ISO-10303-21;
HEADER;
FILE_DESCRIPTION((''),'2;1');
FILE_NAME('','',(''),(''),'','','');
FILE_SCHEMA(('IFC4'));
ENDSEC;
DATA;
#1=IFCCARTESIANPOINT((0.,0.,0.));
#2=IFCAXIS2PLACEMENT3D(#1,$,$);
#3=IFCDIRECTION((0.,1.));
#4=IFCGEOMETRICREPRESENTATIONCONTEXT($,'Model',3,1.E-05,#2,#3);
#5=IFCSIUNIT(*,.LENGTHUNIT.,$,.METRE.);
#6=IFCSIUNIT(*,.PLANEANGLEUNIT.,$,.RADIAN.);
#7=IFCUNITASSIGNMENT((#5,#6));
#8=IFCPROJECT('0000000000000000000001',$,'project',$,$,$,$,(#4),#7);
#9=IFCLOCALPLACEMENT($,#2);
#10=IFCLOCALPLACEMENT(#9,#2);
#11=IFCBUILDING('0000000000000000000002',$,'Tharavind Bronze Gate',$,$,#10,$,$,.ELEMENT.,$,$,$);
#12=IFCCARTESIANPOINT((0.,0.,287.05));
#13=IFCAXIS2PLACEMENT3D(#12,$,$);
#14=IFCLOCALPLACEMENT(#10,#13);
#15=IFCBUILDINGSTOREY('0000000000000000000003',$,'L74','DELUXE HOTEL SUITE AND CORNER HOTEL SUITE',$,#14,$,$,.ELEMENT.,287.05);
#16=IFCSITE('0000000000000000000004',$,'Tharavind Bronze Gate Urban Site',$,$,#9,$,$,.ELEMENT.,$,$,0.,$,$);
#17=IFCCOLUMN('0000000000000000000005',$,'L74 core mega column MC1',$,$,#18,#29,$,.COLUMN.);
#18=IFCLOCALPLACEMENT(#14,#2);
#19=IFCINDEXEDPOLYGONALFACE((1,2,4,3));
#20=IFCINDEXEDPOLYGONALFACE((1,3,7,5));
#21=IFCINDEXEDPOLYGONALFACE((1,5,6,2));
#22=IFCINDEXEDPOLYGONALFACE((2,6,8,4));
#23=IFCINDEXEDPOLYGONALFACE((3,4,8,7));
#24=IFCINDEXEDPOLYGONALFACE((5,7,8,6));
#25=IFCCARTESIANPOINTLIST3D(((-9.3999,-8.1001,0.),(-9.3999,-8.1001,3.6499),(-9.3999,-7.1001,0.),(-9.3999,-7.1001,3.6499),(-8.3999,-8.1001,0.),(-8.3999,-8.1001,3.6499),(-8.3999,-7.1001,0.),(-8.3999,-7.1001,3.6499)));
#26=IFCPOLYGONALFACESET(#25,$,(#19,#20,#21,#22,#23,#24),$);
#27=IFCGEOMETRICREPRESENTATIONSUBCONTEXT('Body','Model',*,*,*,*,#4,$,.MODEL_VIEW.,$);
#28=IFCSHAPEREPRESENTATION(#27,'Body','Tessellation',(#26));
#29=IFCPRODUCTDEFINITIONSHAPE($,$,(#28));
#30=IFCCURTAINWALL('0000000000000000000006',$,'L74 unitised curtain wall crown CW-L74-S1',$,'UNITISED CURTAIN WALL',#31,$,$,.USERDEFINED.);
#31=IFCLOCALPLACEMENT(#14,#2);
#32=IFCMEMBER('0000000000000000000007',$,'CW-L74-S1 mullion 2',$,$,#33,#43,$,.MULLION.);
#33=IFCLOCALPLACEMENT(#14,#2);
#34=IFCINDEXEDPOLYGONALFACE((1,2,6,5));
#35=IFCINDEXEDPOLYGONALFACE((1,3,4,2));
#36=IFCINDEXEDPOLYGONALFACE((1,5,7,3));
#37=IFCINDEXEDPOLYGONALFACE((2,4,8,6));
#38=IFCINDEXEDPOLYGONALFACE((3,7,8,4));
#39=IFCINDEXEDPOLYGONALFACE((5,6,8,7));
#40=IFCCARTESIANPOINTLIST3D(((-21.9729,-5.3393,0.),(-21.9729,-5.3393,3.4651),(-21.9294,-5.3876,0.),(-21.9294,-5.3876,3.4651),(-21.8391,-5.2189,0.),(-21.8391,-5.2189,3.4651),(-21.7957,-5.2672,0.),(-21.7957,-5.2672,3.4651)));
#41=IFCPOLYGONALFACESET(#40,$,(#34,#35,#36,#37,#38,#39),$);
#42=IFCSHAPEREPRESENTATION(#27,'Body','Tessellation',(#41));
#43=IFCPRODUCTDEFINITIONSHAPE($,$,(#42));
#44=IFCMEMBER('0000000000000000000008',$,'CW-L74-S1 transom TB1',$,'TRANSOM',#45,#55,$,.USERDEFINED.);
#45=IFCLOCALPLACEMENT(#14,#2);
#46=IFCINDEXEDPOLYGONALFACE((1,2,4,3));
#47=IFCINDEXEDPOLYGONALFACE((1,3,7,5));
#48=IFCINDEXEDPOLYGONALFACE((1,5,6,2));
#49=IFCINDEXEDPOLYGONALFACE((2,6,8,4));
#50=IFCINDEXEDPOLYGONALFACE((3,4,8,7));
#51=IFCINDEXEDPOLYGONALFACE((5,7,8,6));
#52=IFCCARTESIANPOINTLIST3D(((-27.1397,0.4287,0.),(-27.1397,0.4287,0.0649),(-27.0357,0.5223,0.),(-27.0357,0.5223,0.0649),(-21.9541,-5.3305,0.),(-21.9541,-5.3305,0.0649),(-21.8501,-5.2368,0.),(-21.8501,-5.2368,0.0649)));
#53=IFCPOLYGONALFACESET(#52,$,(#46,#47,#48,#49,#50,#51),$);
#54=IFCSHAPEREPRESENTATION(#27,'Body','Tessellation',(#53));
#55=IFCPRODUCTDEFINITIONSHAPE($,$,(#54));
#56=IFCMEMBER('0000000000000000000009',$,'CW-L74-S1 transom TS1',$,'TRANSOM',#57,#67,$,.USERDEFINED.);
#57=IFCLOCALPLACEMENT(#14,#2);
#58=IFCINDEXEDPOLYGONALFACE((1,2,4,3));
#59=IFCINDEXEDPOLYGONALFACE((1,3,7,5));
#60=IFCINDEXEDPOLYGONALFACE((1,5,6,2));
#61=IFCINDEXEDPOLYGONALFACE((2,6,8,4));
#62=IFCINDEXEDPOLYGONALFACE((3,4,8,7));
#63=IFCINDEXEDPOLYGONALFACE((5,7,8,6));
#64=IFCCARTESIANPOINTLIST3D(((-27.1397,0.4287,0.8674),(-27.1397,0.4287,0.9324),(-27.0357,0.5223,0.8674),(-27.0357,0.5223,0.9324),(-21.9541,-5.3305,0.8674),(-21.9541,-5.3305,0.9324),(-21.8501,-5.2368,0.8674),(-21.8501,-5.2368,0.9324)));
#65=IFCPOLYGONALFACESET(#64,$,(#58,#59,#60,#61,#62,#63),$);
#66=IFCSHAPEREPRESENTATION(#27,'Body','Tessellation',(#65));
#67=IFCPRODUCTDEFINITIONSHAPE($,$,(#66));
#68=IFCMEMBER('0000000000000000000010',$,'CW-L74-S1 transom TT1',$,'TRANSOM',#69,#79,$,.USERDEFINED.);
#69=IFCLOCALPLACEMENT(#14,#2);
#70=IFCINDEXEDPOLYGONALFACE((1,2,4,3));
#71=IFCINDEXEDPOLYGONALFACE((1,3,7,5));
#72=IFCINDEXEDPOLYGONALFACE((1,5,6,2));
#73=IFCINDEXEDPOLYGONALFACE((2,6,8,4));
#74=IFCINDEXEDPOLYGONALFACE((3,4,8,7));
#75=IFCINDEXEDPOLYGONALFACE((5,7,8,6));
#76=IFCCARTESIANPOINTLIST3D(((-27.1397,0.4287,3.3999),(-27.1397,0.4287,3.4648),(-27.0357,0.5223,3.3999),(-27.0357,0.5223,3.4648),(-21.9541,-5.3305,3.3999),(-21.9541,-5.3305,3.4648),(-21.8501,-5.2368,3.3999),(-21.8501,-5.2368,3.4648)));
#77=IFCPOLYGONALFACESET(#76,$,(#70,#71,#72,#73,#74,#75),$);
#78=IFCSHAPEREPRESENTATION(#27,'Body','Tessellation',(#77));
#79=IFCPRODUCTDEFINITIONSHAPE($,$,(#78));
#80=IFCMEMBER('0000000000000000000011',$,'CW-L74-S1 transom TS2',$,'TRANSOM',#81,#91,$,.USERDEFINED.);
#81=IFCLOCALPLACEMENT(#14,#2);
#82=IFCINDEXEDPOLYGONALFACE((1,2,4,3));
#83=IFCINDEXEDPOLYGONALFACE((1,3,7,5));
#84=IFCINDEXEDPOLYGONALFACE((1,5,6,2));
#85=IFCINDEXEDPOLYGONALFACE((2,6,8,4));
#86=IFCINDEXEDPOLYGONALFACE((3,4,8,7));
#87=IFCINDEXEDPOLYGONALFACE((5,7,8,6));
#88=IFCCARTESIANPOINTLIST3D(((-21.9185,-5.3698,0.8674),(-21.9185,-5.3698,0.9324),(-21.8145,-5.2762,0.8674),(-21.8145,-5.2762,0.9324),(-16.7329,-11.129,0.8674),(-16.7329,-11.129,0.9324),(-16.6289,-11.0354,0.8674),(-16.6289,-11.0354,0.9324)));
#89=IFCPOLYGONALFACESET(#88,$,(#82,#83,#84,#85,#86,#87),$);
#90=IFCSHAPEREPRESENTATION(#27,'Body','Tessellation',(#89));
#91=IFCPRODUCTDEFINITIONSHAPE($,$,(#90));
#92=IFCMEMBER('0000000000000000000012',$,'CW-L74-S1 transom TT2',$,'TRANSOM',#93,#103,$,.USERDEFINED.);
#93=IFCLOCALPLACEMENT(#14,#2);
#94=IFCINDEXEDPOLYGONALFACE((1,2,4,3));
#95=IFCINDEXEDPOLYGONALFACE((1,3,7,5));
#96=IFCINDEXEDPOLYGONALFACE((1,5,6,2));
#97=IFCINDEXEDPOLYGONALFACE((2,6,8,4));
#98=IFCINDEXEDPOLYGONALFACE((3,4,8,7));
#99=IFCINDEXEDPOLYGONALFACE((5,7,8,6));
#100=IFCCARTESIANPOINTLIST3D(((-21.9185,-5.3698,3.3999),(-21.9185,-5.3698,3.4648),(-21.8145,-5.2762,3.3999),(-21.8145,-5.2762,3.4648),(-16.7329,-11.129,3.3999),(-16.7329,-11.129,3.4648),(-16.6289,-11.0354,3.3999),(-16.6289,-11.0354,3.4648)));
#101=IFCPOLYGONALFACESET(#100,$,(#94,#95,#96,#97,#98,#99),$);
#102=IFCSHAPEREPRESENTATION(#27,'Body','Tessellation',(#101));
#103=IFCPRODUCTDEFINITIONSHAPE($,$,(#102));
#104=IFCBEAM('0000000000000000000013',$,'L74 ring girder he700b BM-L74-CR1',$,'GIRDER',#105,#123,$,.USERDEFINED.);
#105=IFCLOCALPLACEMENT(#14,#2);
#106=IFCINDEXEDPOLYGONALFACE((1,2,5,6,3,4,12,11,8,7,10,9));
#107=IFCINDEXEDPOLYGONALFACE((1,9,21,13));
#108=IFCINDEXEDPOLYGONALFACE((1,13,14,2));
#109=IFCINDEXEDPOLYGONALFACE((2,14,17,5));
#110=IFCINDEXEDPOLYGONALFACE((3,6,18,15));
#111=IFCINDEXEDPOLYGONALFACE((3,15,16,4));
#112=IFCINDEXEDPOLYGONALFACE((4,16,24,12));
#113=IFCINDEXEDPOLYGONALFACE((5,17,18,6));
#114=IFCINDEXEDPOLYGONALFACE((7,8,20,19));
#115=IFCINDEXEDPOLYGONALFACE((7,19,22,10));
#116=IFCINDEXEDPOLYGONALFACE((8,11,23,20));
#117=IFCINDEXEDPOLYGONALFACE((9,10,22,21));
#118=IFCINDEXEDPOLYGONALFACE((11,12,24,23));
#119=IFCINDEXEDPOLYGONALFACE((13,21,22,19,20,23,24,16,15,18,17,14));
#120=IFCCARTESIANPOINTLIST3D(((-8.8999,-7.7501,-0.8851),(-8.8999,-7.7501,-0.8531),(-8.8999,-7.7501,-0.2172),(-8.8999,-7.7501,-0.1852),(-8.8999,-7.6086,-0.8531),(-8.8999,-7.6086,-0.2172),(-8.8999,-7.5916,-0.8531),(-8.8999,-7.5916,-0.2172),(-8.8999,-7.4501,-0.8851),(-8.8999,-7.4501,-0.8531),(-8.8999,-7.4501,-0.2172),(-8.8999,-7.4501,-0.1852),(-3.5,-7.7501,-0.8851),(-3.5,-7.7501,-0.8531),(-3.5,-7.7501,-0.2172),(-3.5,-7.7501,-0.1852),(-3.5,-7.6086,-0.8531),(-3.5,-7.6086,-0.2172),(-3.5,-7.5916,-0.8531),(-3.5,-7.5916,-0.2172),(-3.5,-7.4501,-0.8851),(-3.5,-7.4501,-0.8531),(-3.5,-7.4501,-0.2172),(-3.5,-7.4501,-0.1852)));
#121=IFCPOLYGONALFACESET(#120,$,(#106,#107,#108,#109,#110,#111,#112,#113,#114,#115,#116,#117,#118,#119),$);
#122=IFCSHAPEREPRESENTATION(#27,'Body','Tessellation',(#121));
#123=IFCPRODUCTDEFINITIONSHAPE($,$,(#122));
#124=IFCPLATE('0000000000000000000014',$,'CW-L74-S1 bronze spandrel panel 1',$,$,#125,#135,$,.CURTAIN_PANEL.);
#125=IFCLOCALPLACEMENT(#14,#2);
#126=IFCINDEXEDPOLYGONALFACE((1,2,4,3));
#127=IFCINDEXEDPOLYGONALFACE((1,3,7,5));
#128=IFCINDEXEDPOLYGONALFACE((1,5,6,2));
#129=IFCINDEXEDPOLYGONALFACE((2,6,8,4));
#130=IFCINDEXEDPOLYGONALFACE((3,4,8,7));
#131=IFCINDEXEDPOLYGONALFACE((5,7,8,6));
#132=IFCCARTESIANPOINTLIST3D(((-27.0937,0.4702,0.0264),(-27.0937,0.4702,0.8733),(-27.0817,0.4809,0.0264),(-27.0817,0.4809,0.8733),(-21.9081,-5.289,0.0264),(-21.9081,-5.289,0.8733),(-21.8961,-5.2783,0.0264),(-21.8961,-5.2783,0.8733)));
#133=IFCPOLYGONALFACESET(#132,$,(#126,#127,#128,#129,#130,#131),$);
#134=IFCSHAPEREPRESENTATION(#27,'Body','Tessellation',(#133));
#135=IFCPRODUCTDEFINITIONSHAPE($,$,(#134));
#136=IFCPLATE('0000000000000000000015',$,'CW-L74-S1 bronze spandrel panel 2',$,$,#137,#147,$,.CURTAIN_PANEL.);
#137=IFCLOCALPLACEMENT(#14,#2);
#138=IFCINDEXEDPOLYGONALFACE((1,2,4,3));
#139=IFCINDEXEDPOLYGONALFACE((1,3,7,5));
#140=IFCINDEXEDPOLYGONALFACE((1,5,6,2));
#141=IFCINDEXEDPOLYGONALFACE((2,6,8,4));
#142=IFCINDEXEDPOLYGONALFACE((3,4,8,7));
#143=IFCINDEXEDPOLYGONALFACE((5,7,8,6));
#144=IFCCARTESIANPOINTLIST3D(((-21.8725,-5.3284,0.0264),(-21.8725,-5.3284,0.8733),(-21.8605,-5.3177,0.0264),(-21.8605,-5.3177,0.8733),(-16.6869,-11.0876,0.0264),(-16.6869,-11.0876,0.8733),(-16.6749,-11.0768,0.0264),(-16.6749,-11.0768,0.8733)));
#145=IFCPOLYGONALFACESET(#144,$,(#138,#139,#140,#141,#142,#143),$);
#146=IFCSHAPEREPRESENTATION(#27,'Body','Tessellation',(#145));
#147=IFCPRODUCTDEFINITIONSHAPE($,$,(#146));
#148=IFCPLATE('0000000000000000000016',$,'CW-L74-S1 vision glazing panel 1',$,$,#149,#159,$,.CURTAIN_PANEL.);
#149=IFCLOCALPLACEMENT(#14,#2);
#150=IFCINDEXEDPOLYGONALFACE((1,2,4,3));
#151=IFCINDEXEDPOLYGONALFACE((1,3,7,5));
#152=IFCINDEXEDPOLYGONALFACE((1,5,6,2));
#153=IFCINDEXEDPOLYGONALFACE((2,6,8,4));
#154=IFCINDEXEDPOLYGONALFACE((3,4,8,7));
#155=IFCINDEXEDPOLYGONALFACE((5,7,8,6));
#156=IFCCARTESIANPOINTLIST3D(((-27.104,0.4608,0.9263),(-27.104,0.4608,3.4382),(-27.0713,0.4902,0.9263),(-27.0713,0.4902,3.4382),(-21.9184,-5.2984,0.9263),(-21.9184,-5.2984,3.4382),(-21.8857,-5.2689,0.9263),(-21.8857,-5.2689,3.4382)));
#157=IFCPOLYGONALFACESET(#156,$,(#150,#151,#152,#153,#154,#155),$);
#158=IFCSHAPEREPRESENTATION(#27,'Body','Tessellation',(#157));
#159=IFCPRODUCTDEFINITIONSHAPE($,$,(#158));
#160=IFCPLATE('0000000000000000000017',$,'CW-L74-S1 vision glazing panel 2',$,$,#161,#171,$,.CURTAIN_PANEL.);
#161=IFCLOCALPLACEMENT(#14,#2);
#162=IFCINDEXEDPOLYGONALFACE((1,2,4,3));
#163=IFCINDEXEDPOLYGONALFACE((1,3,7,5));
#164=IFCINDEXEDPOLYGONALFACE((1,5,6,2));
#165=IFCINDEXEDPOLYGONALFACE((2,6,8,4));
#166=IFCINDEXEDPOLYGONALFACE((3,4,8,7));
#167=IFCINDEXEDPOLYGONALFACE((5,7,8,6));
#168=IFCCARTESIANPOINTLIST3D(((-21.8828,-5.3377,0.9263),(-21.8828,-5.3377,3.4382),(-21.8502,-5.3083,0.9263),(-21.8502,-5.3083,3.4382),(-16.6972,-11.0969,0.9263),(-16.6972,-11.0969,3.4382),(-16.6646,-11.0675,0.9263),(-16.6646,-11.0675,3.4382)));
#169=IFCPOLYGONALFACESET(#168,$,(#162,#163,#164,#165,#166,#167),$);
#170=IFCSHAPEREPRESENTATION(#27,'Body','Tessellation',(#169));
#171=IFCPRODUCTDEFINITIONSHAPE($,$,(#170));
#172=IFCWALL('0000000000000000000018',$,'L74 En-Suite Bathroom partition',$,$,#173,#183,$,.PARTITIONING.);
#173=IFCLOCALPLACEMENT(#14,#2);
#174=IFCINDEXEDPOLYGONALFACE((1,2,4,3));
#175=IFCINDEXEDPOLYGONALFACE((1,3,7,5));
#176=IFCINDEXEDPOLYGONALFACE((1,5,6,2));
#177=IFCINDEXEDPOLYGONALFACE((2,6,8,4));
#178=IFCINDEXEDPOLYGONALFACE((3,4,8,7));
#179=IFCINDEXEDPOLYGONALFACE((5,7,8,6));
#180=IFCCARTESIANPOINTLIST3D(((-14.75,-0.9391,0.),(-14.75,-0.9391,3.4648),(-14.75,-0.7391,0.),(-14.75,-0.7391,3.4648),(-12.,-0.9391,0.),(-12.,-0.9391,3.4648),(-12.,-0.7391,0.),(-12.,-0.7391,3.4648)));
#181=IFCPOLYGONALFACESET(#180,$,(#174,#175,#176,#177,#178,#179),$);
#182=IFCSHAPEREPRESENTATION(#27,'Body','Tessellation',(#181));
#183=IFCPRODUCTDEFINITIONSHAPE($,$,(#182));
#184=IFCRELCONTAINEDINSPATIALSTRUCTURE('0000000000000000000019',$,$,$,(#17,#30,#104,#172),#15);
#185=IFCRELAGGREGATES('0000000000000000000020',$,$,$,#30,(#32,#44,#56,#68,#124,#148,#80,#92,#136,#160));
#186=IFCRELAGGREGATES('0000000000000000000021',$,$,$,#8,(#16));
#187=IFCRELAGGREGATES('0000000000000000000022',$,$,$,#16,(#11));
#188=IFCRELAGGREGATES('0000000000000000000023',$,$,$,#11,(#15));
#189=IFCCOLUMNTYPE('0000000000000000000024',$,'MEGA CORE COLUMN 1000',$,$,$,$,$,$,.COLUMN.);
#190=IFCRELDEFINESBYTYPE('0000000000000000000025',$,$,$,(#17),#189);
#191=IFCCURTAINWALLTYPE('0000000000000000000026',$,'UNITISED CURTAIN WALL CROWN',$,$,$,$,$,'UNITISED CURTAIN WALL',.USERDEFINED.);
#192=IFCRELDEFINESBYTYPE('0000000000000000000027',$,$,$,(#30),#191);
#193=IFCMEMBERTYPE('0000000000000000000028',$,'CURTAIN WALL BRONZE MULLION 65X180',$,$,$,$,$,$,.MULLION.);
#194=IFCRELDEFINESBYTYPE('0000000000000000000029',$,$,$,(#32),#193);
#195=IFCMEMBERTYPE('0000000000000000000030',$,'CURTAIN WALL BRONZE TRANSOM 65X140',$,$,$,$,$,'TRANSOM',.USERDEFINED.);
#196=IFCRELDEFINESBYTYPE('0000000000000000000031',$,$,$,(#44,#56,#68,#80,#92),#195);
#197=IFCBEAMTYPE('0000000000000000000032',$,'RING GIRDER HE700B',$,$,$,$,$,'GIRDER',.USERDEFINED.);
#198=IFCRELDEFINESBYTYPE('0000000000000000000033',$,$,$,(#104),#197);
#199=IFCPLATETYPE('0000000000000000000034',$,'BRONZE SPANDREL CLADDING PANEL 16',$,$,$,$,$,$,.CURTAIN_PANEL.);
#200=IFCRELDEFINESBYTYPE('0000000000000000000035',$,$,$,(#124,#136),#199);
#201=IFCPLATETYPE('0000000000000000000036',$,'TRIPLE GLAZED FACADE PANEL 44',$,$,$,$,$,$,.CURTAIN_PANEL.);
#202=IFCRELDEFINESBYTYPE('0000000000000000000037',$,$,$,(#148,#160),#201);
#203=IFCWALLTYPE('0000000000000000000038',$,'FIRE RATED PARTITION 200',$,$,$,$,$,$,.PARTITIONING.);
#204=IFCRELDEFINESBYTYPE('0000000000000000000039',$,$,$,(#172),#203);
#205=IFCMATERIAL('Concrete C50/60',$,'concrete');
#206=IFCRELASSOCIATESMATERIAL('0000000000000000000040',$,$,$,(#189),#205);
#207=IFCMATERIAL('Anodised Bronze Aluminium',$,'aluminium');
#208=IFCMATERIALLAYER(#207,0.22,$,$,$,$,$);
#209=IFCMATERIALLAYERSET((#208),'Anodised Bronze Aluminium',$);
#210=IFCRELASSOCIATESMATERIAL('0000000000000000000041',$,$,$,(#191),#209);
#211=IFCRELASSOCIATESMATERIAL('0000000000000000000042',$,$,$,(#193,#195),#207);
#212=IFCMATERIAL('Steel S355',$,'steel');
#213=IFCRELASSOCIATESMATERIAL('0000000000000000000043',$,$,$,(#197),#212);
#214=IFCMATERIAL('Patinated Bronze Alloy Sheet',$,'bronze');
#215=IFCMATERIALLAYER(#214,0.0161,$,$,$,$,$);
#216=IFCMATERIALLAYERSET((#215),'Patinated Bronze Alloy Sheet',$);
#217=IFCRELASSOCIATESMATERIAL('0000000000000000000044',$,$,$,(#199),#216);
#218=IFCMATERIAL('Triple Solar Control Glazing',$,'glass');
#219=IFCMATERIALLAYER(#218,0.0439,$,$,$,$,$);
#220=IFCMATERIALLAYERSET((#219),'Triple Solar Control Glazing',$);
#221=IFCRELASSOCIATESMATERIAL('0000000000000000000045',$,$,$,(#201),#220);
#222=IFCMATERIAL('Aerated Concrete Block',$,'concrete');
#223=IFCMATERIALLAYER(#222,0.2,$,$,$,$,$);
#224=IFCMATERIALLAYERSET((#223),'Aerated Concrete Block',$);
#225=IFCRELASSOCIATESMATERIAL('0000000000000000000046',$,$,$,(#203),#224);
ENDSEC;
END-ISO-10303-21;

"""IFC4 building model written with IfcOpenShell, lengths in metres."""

from ifc_helpers import new_model, si_unit, direction, frame, frame_2d, origin, origin_2d, place, context, subcontext, project, spatial, rectangle, i_section, extrude, material, layer, layer_set, material_profile, profile_set, type_object, element, aggregate, save


model = new_model("IFC4")

# Units and contexts
model_context = context("Model", 3, precision=1e-05, world=origin(), true_north=direction((0.0, 1.0)))
body_context = subcontext(model_context, "Body", "Model", "MODEL_VIEW")
ifc_project = project(units=[si_unit("LENGTHUNIT", "METRE"), si_unit("PLANEANGLEUNIT", "RADIAN")], contexts=[model_context])

# Site, building, storey
site_placement = place(None, origin())
site = spatial("IfcSite", under=ifc_project, at=site_placement, Name="Tharavind Bronze Gate Urban Site", CompositionType="ELEMENT", RefElevation=0.0)
building_placement = place(site_placement, origin())
building = spatial("IfcBuilding", under=site, at=building_placement, Name="Tharavind Bronze Gate", CompositionType="ELEMENT")
storey_placement = place(building_placement, frame((0.0, 0.0, 287.05)))
storey = spatial("IfcBuildingStorey", under=building, at=storey_placement, Name="L74", Description="DELUXE HOTEL SUITE AND CORNER HOTEL SUITE", CompositionType="ELEMENT", Elevation=287.05)

# Column
ifc_material_1 = material(Name="Concrete C50/60", Category="concrete")
ifc_material_profile_1 = material_profile(ifc_material_1, rectangle(XDim=1.0, YDim=1.0, at=origin_2d()), Name="RCCOL1000")
ifc_profile_set_1 = profile_set([ifc_material_profile_1], Name="Concrete C50/60")
column_type = type_object("IfcColumnType", Name="MEGA CORE COLUMN 1000", PredefinedType="COLUMN", material=ifc_profile_set_1)
column_placement = place(storey_placement, frame((-8.8999, -7.6001, 0.0), z_axis=(0.0, 0.0, 1.0), x_axis=(1.0, 0.0, 0.0)))
element("IfcColumn", 1, at=column_placement, inside=storey, type_object=column_type, Name="L74 core mega column MC1", PredefinedType="COLUMN", context=body_context, shape_type="SweptSolid", body=[
    extrude(rectangle(XDim=1.0, YDim=1.0, at=origin_2d()), origin(), (0.0, 0.0, 1.0), 3.6499),
])

# Curtain wall, members
ifc_material_2 = material(Name="Anodised Bronze Aluminium", Category="aluminium")
ifc_layer_1 = layer(ifc_material_2, 0.22)
ifc_layer_set_1 = layer_set([ifc_layer_1], Name="Anodised Bronze Aluminium")
curtain_wall_type = type_object("IfcCurtainWallType", Name="UNITISED CURTAIN WALL CROWN", ElementType="UNITISED CURTAIN WALL", PredefinedType="USERDEFINED", material=ifc_layer_set_1)
curtain_wall_placement = place(storey_placement, origin())
curtain_wall = element("IfcCurtainWall", 2, at=curtain_wall_placement, inside=storey, type_object=curtain_wall_type, Name="L74 unitised curtain wall crown CW-L74-S1", ObjectType="UNITISED CURTAIN WALL", PredefinedType="USERDEFINED")
member_type_1 = type_object("IfcMemberType", Name="CURTAIN WALL BRONZE MULLION 65X180", PredefinedType="MULLION", material=ifc_material_2)
member_1_placement = place(storey_placement, frame((-21.8843, -5.3032, 0.0), z_axis=(0.0, 0.0, 1.0), x_axis=(0.669131, -0.743145, 0.0)))
member_1 = element("IfcMember", 3, at=member_1_placement, type_object=member_type_1, Name="CW-L74-S1 mullion 2", PredefinedType="MULLION", context=body_context, shape_type="SweptSolid", body=[
    extrude(rectangle(XDim=0.0649, YDim=0.1799, at=origin_2d()), origin(), (0.0, 0.0, 1.0), 3.4651),
])
member_type_2 = type_object("IfcMemberType", Name="CURTAIN WALL BRONZE TRANSOM 65X140", ElementType="TRANSOM", PredefinedType="USERDEFINED", material=ifc_material_2)
member_2_placement = place(storey_placement, frame((-24.4949, -2.4041, 0.0), z_axis=(0.0, 0.0, 1.0), x_axis=(0.669131, -0.743145, 0.0)))
member_2 = element("IfcMember", 4, at=member_2_placement, type_object=member_type_2, Name="CW-L74-S1 transom TB1", ObjectType="TRANSOM", PredefinedType="USERDEFINED", context=body_context, shape_type="SweptSolid", body=[
    extrude(rectangle(XDim=7.7498, YDim=0.1399, at=origin_2d()), origin(), (0.0, 0.0, 1.0), 0.0649),
])
member_3_placement = place(storey_placement, frame((-24.4949, -2.4041, 0.8674), z_axis=(0.0, 0.0, 1.0), x_axis=(0.669131, -0.743145, 0.0)))
member_3 = element("IfcMember", 5, at=member_3_placement, type_object=member_type_2, Name="CW-L74-S1 transom TS1", ObjectType="TRANSOM", PredefinedType="USERDEFINED", context=body_context, shape_type="SweptSolid", body=[
    extrude(rectangle(XDim=7.7498, YDim=0.1399, at=origin_2d()), origin(), (0.0, 0.0, 1.0), 0.0649),
])
member_4_placement = place(storey_placement, frame((-24.4949, -2.4041, 3.3999), z_axis=(0.0, 0.0, 1.0), x_axis=(0.669131, -0.743145, 0.0)))
member_4 = element("IfcMember", 6, at=member_4_placement, type_object=member_type_2, Name="CW-L74-S1 transom TT1", ObjectType="TRANSOM", PredefinedType="USERDEFINED", context=body_context, shape_type="SweptSolid", body=[
    extrude(rectangle(XDim=7.7498, YDim=0.1399, at=origin_2d()), origin(), (0.0, 0.0, 1.0), 0.0649),
])
member_5_placement = place(storey_placement, frame((-19.2737, -8.2026, 0.8674), z_axis=(0.0, 0.0, 1.0), x_axis=(0.669131, -0.743145, 0.0)))
member_5 = element("IfcMember", 7, at=member_5_placement, type_object=member_type_2, Name="CW-L74-S1 transom TS2", ObjectType="TRANSOM", PredefinedType="USERDEFINED", context=body_context, shape_type="SweptSolid", body=[
    extrude(rectangle(XDim=7.7498, YDim=0.1399, at=origin_2d()), origin(), (0.0, 0.0, 1.0), 0.0649),
])
member_6_placement = place(storey_placement, frame((-19.2737, -8.2026, 3.3999), z_axis=(0.0, 0.0, 1.0), x_axis=(0.669131, -0.743145, 0.0)))
member_6 = element("IfcMember", 8, at=member_6_placement, type_object=member_type_2, Name="CW-L74-S1 transom TT2", ObjectType="TRANSOM", PredefinedType="USERDEFINED", context=body_context, shape_type="SweptSolid", body=[
    extrude(rectangle(XDim=7.7498, YDim=0.1399, at=origin_2d()), origin(), (0.0, 0.0, 1.0), 0.0649),
])

# Beam
ifc_material_3 = material(Name="Steel S355", Category="steel")
ifc_material_profile_2 = material_profile(ifc_material_3, i_section(OverallWidth=0.3, OverallDepth=0.7, WebThickness=0.0171, FlangeThickness=0.032, at=origin_2d()), Name="HE700B")
ifc_profile_set_2 = profile_set([ifc_material_profile_2], Name="Steel S355")
beam_type = type_object("IfcBeamType", Name="RING GIRDER HE700B", ElementType="GIRDER", PredefinedType="USERDEFINED", material=ifc_profile_set_2)
beam_placement = place(storey_placement, frame((-8.8999, -7.6001, -0.5352), z_axis=(1.0, 0.0, 0.0), x_axis=(0.0, 1.0, 0.0)))
element("IfcBeam", 9, at=beam_placement, inside=storey, type_object=beam_type, Name="L74 ring girder he700b BM-L74-CR1", ObjectType="GIRDER", PredefinedType="USERDEFINED", context=body_context, shape_type="SweptSolid", body=[
    extrude(i_section(OverallWidth=0.3, OverallDepth=0.7, WebThickness=0.0171, FlangeThickness=0.032, at=origin_2d()), origin(), (0.0, 0.0, 1.0), 5.3999),
])

# Plates
ifc_material_4 = material(Name="Patinated Bronze Alloy Sheet", Category="bronze")
ifc_layer_2 = layer(ifc_material_4, 0.0161)
ifc_layer_set_2 = layer_set([ifc_layer_2], Name="Patinated Bronze Alloy Sheet")
plate_type_1 = type_object("IfcPlateType", Name="BRONZE SPANDREL CLADDING PANEL 16", PredefinedType="CURTAIN_PANEL", material=ifc_layer_set_2)
plate_1_placement = place(storey_placement, frame((-24.4949, -2.4041, 0.0264), z_axis=(0.0, 0.0, 1.0), x_axis=(0.669131, -0.743145, 0.0)))
plate_1 = element("IfcPlate", 10, at=plate_1_placement, type_object=plate_type_1, Name="CW-L74-S1 bronze spandrel panel 1", PredefinedType="CURTAIN_PANEL", context=body_context, shape_type="SweptSolid", body=[
    extrude(rectangle(XDim=7.7498, YDim=0.0161, at=origin_2d()), origin(), (0.0, 0.0, 1.0), 0.8469),
])
plate_2_placement = place(storey_placement, frame((-19.2737, -8.2026, 0.0264), z_axis=(0.0, 0.0, 1.0), x_axis=(0.669131, -0.743145, 0.0)))
plate_2 = element("IfcPlate", 11, at=plate_2_placement, type_object=plate_type_1, Name="CW-L74-S1 bronze spandrel panel 2", PredefinedType="CURTAIN_PANEL", context=body_context, shape_type="SweptSolid", body=[
    extrude(rectangle(XDim=7.7498, YDim=0.0161, at=origin_2d()), origin(), (0.0, 0.0, 1.0), 0.8469),
])
ifc_material_5 = material(Name="Triple Solar Control Glazing", Category="glass")
ifc_layer_3 = layer(ifc_material_5, 0.0439)
ifc_layer_set_3 = layer_set([ifc_layer_3], Name="Triple Solar Control Glazing")
plate_type_2 = type_object("IfcPlateType", Name="TRIPLE GLAZED FACADE PANEL 44", PredefinedType="CURTAIN_PANEL", material=ifc_layer_set_3)
plate_3_placement = place(storey_placement, frame((-24.4949, -2.4041, 0.9263), z_axis=(0.0, 0.0, 1.0), x_axis=(0.669131, -0.743145, 0.0)))
plate_3 = element("IfcPlate", 12, at=plate_3_placement, type_object=plate_type_2, Name="CW-L74-S1 vision glazing panel 1", PredefinedType="CURTAIN_PANEL", context=body_context, shape_type="SweptSolid", body=[
    extrude(rectangle(XDim=7.7498, YDim=0.0439, at=origin_2d()), origin(), (0.0, 0.0, 1.0), 2.512),
])
plate_4_placement = place(storey_placement, frame((-19.2737, -8.2026, 0.9263), z_axis=(0.0, 0.0, 1.0), x_axis=(0.669131, -0.743145, 0.0)))
plate_4 = element("IfcPlate", 13, at=plate_4_placement, type_object=plate_type_2, Name="CW-L74-S1 vision glazing panel 2", PredefinedType="CURTAIN_PANEL", context=body_context, shape_type="SweptSolid", body=[
    extrude(rectangle(XDim=7.7498, YDim=0.0439, at=origin_2d()), origin(), (0.0, 0.0, 1.0), 2.512),
])
aggregate(curtain_wall, [member_1, member_2, member_3, member_4, plate_1, plate_3, member_5, member_6, plate_2, plate_4])

# Wall
ifc_material_6 = material(Name="Aerated Concrete Block", Category="concrete")
ifc_layer_4 = layer(ifc_material_6, 0.2)
ifc_layer_set_4 = layer_set([ifc_layer_4], Name="Aerated Concrete Block")
wall_type_1 = type_object("IfcWallType", Name="FIRE RATED PARTITION 200", PredefinedType="PARTITIONING", material=ifc_layer_set_4)
wall_1_placement = place(storey_placement, frame((-12.0, -0.8391, 0.0), z_axis=(0.0, 0.0, 1.0), x_axis=(-1.0, 0.0, 0.0)))
element("IfcWall", 14, at=wall_1_placement, inside=storey, type_object=wall_type_1, Name="L74 En-Suite Bathroom partition", PredefinedType="PARTITIONING", context=body_context, shape_type="SweptSolid", body=[
    extrude(rectangle(XDim=2.75, YDim=0.2, at=frame_2d((1.375, 0.0))), origin(), (0.0, 0.0, 1.0), 3.4648),
])

save(model, "model.ifc")
